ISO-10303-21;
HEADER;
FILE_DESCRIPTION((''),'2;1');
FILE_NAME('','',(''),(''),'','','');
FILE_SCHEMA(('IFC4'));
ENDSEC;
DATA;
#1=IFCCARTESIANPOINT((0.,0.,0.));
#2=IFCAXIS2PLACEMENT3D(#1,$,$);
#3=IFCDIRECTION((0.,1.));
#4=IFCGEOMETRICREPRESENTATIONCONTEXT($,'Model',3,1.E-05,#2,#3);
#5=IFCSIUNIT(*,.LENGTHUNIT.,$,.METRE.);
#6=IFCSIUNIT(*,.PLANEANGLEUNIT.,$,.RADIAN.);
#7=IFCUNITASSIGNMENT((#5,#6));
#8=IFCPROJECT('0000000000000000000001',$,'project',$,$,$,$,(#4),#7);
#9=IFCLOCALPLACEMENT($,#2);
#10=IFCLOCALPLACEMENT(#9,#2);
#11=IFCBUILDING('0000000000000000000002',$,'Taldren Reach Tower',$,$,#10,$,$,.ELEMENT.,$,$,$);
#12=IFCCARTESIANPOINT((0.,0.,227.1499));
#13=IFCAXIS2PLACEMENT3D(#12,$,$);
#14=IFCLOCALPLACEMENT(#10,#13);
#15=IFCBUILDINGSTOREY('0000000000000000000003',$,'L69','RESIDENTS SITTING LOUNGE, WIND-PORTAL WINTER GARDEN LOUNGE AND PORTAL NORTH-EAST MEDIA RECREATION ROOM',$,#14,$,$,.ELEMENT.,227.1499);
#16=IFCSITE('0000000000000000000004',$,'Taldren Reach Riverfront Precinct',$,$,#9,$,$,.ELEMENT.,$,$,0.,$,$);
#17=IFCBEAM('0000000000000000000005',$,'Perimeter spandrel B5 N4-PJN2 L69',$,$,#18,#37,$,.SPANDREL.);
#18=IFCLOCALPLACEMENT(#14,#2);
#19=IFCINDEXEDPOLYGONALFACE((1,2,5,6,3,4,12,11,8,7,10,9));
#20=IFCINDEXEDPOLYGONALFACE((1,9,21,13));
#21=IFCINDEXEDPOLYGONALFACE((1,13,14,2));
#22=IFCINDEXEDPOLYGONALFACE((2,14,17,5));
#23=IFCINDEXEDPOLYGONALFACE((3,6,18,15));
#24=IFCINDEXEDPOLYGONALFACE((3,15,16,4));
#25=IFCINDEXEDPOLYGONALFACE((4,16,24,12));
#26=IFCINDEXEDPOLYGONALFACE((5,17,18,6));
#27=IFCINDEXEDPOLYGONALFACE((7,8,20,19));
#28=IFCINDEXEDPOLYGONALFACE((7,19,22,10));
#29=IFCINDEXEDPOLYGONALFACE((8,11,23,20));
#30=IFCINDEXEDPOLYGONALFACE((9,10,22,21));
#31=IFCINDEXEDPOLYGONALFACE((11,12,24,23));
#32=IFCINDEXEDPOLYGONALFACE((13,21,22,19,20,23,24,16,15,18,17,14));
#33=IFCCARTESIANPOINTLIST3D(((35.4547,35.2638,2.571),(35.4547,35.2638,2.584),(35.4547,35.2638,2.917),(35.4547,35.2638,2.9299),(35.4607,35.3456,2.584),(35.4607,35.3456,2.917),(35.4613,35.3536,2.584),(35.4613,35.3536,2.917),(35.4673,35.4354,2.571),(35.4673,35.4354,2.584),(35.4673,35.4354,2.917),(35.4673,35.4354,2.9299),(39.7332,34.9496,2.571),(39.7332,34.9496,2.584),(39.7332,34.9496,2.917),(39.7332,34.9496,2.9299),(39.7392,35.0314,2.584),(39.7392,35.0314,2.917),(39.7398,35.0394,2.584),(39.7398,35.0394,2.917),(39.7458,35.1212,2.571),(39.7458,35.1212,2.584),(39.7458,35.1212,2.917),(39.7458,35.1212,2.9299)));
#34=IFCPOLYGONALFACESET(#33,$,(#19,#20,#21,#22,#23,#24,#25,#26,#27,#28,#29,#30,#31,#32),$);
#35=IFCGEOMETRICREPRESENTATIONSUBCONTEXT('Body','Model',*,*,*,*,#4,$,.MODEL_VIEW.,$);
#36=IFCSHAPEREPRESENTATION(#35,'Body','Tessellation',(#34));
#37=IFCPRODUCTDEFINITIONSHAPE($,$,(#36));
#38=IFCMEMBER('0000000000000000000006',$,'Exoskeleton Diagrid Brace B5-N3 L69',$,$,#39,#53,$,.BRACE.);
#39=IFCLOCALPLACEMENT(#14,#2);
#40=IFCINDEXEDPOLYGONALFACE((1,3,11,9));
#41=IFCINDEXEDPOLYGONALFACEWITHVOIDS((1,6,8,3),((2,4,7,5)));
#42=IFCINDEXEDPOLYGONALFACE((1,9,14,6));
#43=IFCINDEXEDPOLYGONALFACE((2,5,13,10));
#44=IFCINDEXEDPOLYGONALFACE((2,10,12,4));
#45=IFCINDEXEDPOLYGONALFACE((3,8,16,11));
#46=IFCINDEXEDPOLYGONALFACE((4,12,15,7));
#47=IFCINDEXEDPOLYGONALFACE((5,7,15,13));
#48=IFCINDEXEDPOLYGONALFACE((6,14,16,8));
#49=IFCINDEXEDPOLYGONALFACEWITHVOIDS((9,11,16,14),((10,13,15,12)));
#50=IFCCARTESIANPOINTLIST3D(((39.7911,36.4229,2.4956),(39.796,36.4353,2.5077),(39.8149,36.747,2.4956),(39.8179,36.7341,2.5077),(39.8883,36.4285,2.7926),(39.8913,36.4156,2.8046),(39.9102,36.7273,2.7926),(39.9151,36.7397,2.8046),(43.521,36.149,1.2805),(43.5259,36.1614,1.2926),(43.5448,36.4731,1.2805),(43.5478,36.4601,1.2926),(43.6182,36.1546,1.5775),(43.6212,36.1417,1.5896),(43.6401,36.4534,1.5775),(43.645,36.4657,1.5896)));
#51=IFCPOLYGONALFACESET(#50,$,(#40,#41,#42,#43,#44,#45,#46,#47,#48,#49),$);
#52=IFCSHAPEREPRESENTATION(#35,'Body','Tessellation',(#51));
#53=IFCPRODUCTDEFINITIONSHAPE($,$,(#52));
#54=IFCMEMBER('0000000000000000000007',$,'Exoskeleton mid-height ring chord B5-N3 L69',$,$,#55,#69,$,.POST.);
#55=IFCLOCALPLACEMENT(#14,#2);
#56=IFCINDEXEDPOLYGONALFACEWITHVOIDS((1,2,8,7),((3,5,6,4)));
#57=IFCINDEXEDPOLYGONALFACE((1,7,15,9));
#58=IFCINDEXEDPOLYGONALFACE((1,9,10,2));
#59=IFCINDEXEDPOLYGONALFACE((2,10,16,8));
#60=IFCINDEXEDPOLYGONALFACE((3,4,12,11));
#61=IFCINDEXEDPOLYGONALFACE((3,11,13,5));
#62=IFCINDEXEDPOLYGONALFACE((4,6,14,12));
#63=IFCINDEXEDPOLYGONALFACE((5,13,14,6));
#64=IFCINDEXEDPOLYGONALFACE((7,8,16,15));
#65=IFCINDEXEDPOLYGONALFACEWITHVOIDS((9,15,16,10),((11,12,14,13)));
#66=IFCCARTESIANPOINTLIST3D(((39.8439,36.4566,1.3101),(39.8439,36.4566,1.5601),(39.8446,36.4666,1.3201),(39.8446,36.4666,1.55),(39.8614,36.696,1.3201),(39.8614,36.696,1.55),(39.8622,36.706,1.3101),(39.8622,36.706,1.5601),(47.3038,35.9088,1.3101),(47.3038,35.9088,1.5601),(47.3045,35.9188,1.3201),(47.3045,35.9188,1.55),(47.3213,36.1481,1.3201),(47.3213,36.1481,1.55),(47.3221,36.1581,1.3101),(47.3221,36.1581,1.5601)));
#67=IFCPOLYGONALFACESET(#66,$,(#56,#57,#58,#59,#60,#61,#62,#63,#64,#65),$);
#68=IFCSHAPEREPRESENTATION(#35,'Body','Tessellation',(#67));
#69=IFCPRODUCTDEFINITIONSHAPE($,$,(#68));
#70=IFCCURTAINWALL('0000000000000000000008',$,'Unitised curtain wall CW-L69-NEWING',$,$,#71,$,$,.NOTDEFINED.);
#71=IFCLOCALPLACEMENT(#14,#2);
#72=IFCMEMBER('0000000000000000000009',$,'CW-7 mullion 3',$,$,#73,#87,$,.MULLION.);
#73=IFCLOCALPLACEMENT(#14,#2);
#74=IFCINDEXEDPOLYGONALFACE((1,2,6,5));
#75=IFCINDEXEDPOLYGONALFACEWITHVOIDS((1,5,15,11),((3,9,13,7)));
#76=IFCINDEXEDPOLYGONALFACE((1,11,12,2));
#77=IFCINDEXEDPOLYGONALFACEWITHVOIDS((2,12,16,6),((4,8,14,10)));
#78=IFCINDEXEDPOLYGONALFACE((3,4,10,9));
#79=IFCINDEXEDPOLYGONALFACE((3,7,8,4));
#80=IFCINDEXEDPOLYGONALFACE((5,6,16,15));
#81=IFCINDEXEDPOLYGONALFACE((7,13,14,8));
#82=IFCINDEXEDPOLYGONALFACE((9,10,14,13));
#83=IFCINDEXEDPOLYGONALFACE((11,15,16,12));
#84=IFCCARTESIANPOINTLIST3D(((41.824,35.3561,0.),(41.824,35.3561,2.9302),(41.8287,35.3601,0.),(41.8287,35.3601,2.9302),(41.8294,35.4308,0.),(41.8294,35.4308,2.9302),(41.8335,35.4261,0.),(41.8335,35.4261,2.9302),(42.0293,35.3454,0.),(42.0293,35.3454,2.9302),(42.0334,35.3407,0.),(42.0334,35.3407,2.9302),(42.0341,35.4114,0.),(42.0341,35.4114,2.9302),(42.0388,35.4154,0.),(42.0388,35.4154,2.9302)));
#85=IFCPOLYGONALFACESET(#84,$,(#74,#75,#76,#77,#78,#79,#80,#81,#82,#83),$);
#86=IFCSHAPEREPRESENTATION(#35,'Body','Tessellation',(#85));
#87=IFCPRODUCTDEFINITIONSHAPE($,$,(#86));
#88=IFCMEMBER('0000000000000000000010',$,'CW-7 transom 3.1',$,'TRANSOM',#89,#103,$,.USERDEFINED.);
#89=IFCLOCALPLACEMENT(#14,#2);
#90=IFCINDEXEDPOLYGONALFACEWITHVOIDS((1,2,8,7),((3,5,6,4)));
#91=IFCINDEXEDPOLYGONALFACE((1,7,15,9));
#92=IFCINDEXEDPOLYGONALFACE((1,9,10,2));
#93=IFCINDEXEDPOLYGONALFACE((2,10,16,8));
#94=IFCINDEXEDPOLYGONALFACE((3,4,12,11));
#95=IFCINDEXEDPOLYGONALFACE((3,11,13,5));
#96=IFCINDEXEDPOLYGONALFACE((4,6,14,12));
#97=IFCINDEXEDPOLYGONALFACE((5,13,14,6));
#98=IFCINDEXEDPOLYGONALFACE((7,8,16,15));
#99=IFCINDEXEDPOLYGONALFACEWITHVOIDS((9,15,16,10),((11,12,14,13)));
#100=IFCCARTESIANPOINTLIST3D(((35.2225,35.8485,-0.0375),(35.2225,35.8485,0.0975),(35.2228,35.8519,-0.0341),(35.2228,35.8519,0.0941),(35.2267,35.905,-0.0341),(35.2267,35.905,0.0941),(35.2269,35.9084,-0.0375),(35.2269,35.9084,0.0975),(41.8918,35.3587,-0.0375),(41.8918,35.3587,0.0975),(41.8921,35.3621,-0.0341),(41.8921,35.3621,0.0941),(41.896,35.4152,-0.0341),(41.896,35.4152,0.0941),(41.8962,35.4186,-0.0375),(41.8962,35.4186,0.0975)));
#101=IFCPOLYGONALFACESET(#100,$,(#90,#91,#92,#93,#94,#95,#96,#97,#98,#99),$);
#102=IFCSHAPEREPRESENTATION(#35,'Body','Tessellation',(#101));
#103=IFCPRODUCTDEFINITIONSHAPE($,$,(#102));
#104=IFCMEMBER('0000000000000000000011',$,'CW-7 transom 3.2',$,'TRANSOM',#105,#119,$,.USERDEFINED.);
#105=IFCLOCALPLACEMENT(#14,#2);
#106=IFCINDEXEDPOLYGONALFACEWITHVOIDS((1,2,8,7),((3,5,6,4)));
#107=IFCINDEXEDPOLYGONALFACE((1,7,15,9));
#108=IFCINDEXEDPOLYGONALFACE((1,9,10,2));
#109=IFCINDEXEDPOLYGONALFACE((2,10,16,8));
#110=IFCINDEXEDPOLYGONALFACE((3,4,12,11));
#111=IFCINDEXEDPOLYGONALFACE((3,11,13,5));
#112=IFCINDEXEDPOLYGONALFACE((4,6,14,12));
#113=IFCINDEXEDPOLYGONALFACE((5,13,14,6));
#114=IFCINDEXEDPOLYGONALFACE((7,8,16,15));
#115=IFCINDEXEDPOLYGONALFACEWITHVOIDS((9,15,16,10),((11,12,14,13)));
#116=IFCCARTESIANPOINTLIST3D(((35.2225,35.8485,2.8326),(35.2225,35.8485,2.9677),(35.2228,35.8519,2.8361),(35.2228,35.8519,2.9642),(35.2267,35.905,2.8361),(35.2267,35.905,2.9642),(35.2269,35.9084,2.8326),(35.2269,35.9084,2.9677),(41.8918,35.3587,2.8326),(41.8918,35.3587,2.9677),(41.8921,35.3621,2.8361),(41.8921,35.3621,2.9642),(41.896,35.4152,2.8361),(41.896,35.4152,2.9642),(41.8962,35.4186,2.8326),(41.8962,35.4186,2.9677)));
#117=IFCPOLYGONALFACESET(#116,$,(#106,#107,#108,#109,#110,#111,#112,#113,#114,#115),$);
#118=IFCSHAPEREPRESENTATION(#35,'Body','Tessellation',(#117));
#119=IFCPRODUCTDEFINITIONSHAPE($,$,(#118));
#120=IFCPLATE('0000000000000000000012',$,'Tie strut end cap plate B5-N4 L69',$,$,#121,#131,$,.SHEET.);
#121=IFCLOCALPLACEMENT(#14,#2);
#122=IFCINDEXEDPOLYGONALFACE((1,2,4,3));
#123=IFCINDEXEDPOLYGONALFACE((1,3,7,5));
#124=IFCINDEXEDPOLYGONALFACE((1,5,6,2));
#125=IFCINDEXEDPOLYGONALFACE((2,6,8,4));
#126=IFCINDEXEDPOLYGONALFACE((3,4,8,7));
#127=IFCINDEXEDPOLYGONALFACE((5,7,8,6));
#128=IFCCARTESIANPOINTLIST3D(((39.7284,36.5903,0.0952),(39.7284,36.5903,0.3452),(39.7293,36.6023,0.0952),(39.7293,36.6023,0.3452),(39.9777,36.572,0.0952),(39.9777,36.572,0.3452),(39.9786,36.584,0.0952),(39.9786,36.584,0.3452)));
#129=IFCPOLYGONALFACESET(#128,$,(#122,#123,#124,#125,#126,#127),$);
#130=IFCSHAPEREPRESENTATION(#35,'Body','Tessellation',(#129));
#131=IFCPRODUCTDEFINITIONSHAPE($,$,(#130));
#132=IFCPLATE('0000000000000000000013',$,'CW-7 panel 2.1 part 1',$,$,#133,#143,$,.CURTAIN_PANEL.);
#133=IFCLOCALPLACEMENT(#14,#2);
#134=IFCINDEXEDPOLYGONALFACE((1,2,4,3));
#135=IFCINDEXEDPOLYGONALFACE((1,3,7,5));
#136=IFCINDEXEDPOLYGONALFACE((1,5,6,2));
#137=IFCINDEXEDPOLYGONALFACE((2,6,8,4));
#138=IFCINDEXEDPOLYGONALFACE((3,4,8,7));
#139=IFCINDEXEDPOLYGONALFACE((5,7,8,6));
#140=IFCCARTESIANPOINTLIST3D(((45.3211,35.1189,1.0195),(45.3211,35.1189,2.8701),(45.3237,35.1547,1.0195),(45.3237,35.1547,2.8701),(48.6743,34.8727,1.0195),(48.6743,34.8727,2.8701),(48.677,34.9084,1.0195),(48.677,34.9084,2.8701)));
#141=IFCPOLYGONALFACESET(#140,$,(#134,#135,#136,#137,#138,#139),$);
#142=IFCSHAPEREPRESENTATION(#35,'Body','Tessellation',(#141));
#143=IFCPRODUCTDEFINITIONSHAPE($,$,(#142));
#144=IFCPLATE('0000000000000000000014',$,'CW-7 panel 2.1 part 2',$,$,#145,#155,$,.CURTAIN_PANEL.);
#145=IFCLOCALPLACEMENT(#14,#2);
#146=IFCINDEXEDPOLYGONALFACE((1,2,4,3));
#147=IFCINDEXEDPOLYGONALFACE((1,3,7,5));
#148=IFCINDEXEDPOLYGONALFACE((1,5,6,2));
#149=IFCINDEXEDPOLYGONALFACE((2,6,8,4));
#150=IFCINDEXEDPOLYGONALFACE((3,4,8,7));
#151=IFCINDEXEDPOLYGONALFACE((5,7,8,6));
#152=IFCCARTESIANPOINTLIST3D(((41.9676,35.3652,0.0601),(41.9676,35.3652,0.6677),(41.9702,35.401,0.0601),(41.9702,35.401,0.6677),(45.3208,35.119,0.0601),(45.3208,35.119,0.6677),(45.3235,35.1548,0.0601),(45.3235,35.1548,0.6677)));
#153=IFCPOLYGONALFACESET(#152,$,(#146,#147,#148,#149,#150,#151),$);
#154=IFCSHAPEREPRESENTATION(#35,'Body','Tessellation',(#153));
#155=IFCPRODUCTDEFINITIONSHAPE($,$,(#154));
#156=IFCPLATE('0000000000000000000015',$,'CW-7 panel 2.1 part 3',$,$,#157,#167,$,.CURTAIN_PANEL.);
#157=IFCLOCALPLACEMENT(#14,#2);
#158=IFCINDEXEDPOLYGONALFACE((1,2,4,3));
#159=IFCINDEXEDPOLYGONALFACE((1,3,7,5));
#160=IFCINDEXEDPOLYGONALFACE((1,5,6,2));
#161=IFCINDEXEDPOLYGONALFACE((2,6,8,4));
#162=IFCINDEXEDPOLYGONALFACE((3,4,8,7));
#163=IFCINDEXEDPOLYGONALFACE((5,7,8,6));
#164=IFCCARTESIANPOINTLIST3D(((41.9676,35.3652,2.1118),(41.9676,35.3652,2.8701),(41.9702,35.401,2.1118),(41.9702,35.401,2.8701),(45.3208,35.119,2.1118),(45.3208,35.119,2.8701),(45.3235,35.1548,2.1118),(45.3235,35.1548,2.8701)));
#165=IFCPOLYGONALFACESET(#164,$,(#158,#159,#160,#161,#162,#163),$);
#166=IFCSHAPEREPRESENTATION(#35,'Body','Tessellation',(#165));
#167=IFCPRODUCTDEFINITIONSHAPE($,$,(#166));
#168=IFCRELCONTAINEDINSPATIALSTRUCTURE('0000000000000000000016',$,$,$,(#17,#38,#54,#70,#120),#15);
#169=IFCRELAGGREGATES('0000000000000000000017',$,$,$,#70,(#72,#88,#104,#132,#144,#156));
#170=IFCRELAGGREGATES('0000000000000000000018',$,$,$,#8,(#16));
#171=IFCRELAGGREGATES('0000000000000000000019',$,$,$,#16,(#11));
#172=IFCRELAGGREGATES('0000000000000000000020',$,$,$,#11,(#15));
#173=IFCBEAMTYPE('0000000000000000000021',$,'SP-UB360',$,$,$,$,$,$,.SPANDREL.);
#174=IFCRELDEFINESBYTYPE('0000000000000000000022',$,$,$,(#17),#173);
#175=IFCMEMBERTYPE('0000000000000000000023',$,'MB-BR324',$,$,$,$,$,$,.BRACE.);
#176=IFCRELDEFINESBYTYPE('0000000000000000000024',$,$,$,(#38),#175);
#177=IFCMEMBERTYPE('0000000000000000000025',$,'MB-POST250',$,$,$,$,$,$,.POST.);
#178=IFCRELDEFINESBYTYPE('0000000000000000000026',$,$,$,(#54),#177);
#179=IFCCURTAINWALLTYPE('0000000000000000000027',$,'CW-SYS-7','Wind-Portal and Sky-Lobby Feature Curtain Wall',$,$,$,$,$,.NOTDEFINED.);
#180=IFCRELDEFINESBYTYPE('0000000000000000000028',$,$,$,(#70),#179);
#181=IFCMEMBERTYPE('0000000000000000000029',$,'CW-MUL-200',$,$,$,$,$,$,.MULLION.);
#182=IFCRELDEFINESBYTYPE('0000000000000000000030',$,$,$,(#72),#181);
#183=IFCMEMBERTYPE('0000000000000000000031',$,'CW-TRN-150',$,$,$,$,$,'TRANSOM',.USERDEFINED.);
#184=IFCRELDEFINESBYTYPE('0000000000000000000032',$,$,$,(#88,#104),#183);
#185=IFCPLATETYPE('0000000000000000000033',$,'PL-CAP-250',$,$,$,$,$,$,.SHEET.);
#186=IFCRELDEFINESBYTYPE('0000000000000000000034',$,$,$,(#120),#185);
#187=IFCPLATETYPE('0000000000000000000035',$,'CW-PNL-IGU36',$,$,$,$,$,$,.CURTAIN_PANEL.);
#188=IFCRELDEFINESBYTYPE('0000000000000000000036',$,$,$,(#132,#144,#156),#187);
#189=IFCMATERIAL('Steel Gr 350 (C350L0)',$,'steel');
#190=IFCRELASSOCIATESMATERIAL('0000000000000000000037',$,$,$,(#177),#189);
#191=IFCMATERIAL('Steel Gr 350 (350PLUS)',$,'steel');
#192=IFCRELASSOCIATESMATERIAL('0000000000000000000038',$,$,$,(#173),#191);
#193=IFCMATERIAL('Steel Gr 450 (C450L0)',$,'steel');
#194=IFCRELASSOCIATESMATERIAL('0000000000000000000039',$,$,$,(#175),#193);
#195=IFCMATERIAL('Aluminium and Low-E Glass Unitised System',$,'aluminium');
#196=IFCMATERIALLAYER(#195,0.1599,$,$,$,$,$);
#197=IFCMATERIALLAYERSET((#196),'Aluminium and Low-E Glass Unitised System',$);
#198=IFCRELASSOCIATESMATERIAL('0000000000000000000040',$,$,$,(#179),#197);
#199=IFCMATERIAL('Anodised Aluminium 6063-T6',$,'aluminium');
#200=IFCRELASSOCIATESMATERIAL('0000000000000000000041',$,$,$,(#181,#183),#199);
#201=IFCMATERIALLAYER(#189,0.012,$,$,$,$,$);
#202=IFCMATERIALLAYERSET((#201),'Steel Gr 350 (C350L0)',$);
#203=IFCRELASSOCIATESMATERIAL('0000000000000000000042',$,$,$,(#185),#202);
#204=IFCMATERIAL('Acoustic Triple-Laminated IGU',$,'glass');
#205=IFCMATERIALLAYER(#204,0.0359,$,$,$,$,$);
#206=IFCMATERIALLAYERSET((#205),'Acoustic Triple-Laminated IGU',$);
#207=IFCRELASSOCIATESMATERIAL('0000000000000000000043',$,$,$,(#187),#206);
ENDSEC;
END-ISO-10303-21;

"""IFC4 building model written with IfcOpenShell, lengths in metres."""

from ifc_helpers import new_model, si_unit, direction, frame, origin, origin_2d, place, context, subcontext, project, spatial, rectangle, hollow_rectangle, i_section, extrude, source, transform, mapped, material, layer, layer_set, material_profile, profile_set, type_object, element, aggregate, save


model = new_model("IFC4")

# Units and contexts
model_context = context("Model", 3, precision=1e-05, world=origin(), true_north=direction((0.0, 1.0)))
body_context = subcontext(model_context, "Body", "Model", "MODEL_VIEW")
ifc_project = project(units=[si_unit("LENGTHUNIT", "METRE"), si_unit("PLANEANGLEUNIT", "RADIAN")], contexts=[model_context])

# Site, building, storey
site_placement = place(None, origin())
site = spatial("IfcSite", under=ifc_project, at=site_placement, Name="Taldren Reach Riverfront Precinct", CompositionType="ELEMENT", RefElevation=0.0)
building_placement = place(site_placement, origin())
building = spatial("IfcBuilding", under=site, at=building_placement, Name="Taldren Reach Tower", CompositionType="ELEMENT")
storey_placement = place(building_placement, frame((0.0, 0.0, 227.1499)))
storey = spatial("IfcBuildingStorey", under=building, at=storey_placement, Name="L69", Description="RESIDENTS SITTING LOUNGE, WIND-PORTAL WINTER GARDEN LOUNGE AND PORTAL NORTH-EAST MEDIA RECREATION ROOM", CompositionType="ELEMENT", Elevation=227.1499)

# Shared definitions
ifc_material_1 = material(Name="Steel Gr 350 (C350L0)", Category="steel")
ifc_material_2 = material(Name="Steel Gr 350 (350PLUS)", Category="steel")

# Shared definitions
ifc_material_profile_1 = material_profile(ifc_material_1, hollow_rectangle(XDim=0.25, YDim=0.25, WallThickness=0.01, at=origin_2d()), Name="250x250x10.0SHS")
ifc_profile_set_1 = profile_set([ifc_material_profile_1], Name="Steel Gr 350 (C350L0)")
member_type_1 = type_object("IfcMemberType", Name="MB-POST250", PredefinedType="POST", material=ifc_profile_set_1)
ifc_material_3 = material(Name="Steel Gr 450 (C450L0)", Category="steel")

# Beam
ifc_material_profile_2 = material_profile(ifc_material_2, i_section(OverallWidth=0.1721, OverallDepth=0.3589, WebThickness=0.0081, FlangeThickness=0.0129, at=origin_2d()), Name="360UB56.7")
ifc_profile_set_2 = profile_set([ifc_material_profile_2], Name="Steel Gr 350 (350PLUS)")
beam_type = type_object("IfcBeamType", Name="SP-UB360", PredefinedType="SPANDREL", material=ifc_profile_set_2)
shared_shape_1 = source(origin(), body_context, "Body", "SweptSolid", [
    extrude(i_section(OverallWidth=0.1721, OverallDepth=0.3589, WebThickness=0.0081, FlangeThickness=0.0129, at=origin_2d()), origin(), (0.0, 0.0, 1.0), 4.29),
])
beam_1_placement = place(storey_placement, frame((39.7395, 35.0354, 2.7505), z_axis=(-0.997314, 0.073241, 0.0), x_axis=(-0.073241, -0.997314, 0.0)))
element("IfcBeam", 1, at=beam_1_placement, inside=storey, type_object=beam_type, Name="Perimeter spandrel B5 N4-PJN2 L69", PredefinedType="SPANDREL", context=body_context, shape_type="MappedRepresentation", body=[
    mapped(shared_shape_1, transform((0.0, 0.0, 0.0), scale=1.0)),
])

# Members
ifc_material_profile_3 = material_profile(ifc_material_3, hollow_rectangle(XDim=0.325, YDim=0.325, WallThickness=0.0127, at=origin_2d()), Name="325x325x12.7SHS")
ifc_profile_set_3 = profile_set([ifc_material_profile_3], Name="Steel Gr 450 (C450L0)")
member_type_2 = type_object("IfcMemberType", Name="MB-BR324", PredefinedType="BRACE", material=ifc_profile_set_3)
shared_shape_2 = source(origin(), body_context, "Body", "SweptSolid", [
    extrude(hollow_rectangle(XDim=0.325, YDim=0.325, WallThickness=0.0127, at=origin_2d()), origin(), (0.0, 0.0, 1.0), 3.9324),
])
member_1_placement = place(storey_placement, frame((43.583, 36.3074, 1.4351), z_axis=(-0.948511, 0.069658, 0.308989), x_axis=(-0.073242, -0.997314, 0.0)))
element("IfcMember", 2, at=member_1_placement, inside=storey, type_object=member_type_2, Name="Exoskeleton Diagrid Brace B5-N3 L69", PredefinedType="BRACE", context=body_context, shape_type="MappedRepresentation", body=[
    mapped(shared_shape_2, transform((0.0, 0.0, 0.0), scale=1.0)),
])
shared_shape_3 = source(origin(), body_context, "Body", "SweptSolid", [
    extrude(hollow_rectangle(XDim=0.25, YDim=0.25, WallThickness=0.01, at=origin_2d()), origin(), (0.0, 0.0, 1.0), 7.48),
])
member_2_placement = place(storey_placement, frame((39.853, 36.5813, 1.4351), z_axis=(0.997314, -0.073242, 0.0), x_axis=(0.073242, 0.997314, 0.0)))
element("IfcMember", 3, at=member_2_placement, inside=storey, type_object=member_type_1, Name="Exoskeleton mid-height ring chord B5-N3 L69", PredefinedType="POST", context=body_context, shape_type="MappedRepresentation", body=[
    mapped(shared_shape_3, transform((0.0, 0.0, 0.0), scale=1.0)),
])

# Curtain wall, members
ifc_material_4 = material(Name="Aluminium and Low-E Glass Unitised System", Category="aluminium")
ifc_layer_1 = layer(ifc_material_4, 0.1599)
ifc_layer_set_1 = layer_set([ifc_layer_1], Name="Aluminium and Low-E Glass Unitised System")
curtain_wall_type = type_object("IfcCurtainWallType", Name="CW-SYS-7", Description="Wind-Portal and Sky-Lobby Feature Curtain Wall", PredefinedType="NOTDEFINED", material=ifc_layer_set_1)
curtain_wall_placement = place(storey_placement, origin())
curtain_wall = element("IfcCurtainWall", 4, at=curtain_wall_placement, inside=storey, type_object=curtain_wall_type, Name="Unitised curtain wall CW-L69-NEWING", PredefinedType="NOTDEFINED")
ifc_material_5 = material(Name="Anodised Aluminium 6063-T6", Category="aluminium")
ifc_material_profile_4 = material_profile(ifc_material_5, hollow_rectangle(XDim=0.075, YDim=0.21, WallThickness=0.0044, at=origin_2d()), Name="ALU-210x75x4.5RHS")
ifc_profile_set_4 = profile_set([ifc_material_profile_4], Name="Anodised Aluminium 6063-T6")
member_type_3 = type_object("IfcMemberType", Name="CW-MUL-200", PredefinedType="MULLION", material=ifc_profile_set_4)
shared_shape_4 = source(origin(), body_context, "Body", "SweptSolid", [
    extrude(hollow_rectangle(XDim=0.075, YDim=0.21, WallThickness=0.0044, at=origin_2d()), origin(), (0.0, 0.0, 1.0), 2.9302),
])
member_3_placement = place(storey_placement, frame((41.9314, 35.3857, 0.0), z_axis=(0.0, 0.0, 1.0), x_axis=(-0.073238, -0.997314, 0.0)))
member_3 = element("IfcMember", 5, at=member_3_placement, type_object=member_type_3, Name="CW-7 mullion 3", PredefinedType="MULLION", context=body_context, shape_type="MappedRepresentation", body=[
    mapped(shared_shape_4, transform((0.0, 0.0, 0.0), scale=1.0)),
])
ifc_material_profile_5 = material_profile(ifc_material_5, hollow_rectangle(XDim=0.0601, YDim=0.135, WallThickness=0.0034, at=origin_2d()), Name="ALU-135x60x3.5RHS")
ifc_profile_set_5 = profile_set([ifc_material_profile_5], Name="Anodised Aluminium 6063-T6")
member_type_4 = type_object("IfcMemberType", Name="CW-TRN-150", ElementType="TRANSOM", PredefinedType="USERDEFINED", material=ifc_profile_set_5)
shared_shape_5 = source(origin(), body_context, "Body", "SweptSolid", [
    extrude(hollow_rectangle(XDim=0.0601, YDim=0.135, WallThickness=0.0034, at=origin_2d()), origin(), (0.0, 0.0, 1.0), 6.6873),
])
member_4_placement = place(storey_placement, frame((41.894, 35.3887, 0.03), z_axis=(-0.997315, 0.073237, 0.0), x_axis=(-0.073237, -0.997315, 0.0)))
member_4 = element("IfcMember", 6, at=member_4_placement, type_object=member_type_4, Name="CW-7 transom 3.1", ObjectType="TRANSOM", PredefinedType="USERDEFINED", context=body_context, shape_type="MappedRepresentation", body=[
    mapped(shared_shape_5, transform((0.0, 0.0, 0.0), scale=1.0)),
])
member_5_placement = place(storey_placement, frame((41.894, 35.3887, 2.9001), z_axis=(-0.997315, 0.073237, 0.0), x_axis=(-0.073237, -0.997315, 0.0)))
member_5 = element("IfcMember", 7, at=member_5_placement, type_object=member_type_4, Name="CW-7 transom 3.2", ObjectType="TRANSOM", PredefinedType="USERDEFINED", context=body_context, shape_type="MappedRepresentation", body=[
    mapped(shared_shape_5, transform((0.0, 0.0, 0.0), scale=1.0)),
])

# Plates
ifc_layer_2 = layer(ifc_material_1, 0.012)
ifc_layer_set_2 = layer_set([ifc_layer_2], Name="Steel Gr 350 (C350L0)")
plate_type_1 = type_object("IfcPlateType", Name="PL-CAP-250", PredefinedType="SHEET", material=ifc_layer_set_2)
shared_shape_6 = source(origin(), body_context, "Body", "SweptSolid", [
    extrude(rectangle(XDim=0.25, YDim=0.012, at=origin_2d()), origin(), (0.0, 0.0, 1.0), 0.25),
])
plate_1_placement = place(storey_placement, frame((39.8535, 36.5872, 0.0952), z_axis=(0.0, 0.0, 1.0), x_axis=(0.997314, -0.073238, 0.0)))
element("IfcPlate", 8, at=plate_1_placement, inside=storey, type_object=plate_type_1, Name="Tie strut end cap plate B5-N4 L69", PredefinedType="SHEET", context=body_context, shape_type="MappedRepresentation", body=[
    mapped(shared_shape_6, transform((0.0, 0.0, 0.0), scale=1.0)),
])
ifc_material_6 = material(Name="Acoustic Triple-Laminated IGU", Category="glass")
ifc_layer_3 = layer(ifc_material_6, 0.0359)
ifc_layer_set_3 = layer_set([ifc_layer_3], Name="Acoustic Triple-Laminated IGU")
plate_type_2 = type_object("IfcPlateType", Name="CW-PNL-IGU36", PredefinedType="CURTAIN_PANEL", material=ifc_layer_set_3)
shared_shape_7 = source(origin(), body_context, "Body", "SweptSolid", [
    extrude(rectangle(XDim=3.3623, YDim=0.0359, at=origin_2d()), origin(), (0.0, 0.0, 1.0), 1.8506),
])
plate_2_placement = place(storey_placement, frame((46.999, 35.0137, 1.0195), z_axis=(0.0, 0.0, 1.0), x_axis=(-0.997314, 0.073238, 0.0)))
plate_2 = element("IfcPlate", 9, at=plate_2_placement, type_object=plate_type_2, Name="CW-7 panel 2.1 part 1", PredefinedType="CURTAIN_PANEL", context=body_context, shape_type="MappedRepresentation", body=[
    mapped(shared_shape_7, transform((0.0, 0.0, 0.0), scale=1.0)),
])
shared_shape_8 = source(origin(), body_context, "Body", "SweptSolid", [
    extrude(rectangle(XDim=3.3623, YDim=0.0359, at=origin_2d()), origin(), (0.0, 0.0, 1.0), 0.6077),
])
plate_3_placement = place(storey_placement, frame((43.6455, 35.26, 0.0601), z_axis=(0.0, 0.0, 1.0), x_axis=(-0.997314, 0.073238, 0.0)))
plate_3 = element("IfcPlate", 10, at=plate_3_placement, type_object=plate_type_2, Name="CW-7 panel 2.1 part 2", PredefinedType="CURTAIN_PANEL", context=body_context, shape_type="MappedRepresentation", body=[
    mapped(shared_shape_8, transform((0.0, 0.0, 0.0), scale=1.0)),
])
shared_shape_9 = source(origin(), body_context, "Body", "SweptSolid", [
    extrude(rectangle(XDim=3.3623, YDim=0.0359, at=origin_2d()), origin(), (0.0, 0.0, 1.0), 0.7583),
])
plate_4_placement = place(storey_placement, frame((43.6455, 35.26, 2.1118), z_axis=(0.0, 0.0, 1.0), x_axis=(-0.997314, 0.073238, 0.0)))
plate_4 = element("IfcPlate", 11, at=plate_4_placement, type_object=plate_type_2, Name="CW-7 panel 2.1 part 3", PredefinedType="CURTAIN_PANEL", context=body_context, shape_type="MappedRepresentation", body=[
    mapped(shared_shape_9, transform((0.0, 0.0, 0.0), scale=1.0)),
])
aggregate(curtain_wall, [member_3, member_4, member_5, plate_2, plate_3, plate_4])

save(model, "model.ifc")
